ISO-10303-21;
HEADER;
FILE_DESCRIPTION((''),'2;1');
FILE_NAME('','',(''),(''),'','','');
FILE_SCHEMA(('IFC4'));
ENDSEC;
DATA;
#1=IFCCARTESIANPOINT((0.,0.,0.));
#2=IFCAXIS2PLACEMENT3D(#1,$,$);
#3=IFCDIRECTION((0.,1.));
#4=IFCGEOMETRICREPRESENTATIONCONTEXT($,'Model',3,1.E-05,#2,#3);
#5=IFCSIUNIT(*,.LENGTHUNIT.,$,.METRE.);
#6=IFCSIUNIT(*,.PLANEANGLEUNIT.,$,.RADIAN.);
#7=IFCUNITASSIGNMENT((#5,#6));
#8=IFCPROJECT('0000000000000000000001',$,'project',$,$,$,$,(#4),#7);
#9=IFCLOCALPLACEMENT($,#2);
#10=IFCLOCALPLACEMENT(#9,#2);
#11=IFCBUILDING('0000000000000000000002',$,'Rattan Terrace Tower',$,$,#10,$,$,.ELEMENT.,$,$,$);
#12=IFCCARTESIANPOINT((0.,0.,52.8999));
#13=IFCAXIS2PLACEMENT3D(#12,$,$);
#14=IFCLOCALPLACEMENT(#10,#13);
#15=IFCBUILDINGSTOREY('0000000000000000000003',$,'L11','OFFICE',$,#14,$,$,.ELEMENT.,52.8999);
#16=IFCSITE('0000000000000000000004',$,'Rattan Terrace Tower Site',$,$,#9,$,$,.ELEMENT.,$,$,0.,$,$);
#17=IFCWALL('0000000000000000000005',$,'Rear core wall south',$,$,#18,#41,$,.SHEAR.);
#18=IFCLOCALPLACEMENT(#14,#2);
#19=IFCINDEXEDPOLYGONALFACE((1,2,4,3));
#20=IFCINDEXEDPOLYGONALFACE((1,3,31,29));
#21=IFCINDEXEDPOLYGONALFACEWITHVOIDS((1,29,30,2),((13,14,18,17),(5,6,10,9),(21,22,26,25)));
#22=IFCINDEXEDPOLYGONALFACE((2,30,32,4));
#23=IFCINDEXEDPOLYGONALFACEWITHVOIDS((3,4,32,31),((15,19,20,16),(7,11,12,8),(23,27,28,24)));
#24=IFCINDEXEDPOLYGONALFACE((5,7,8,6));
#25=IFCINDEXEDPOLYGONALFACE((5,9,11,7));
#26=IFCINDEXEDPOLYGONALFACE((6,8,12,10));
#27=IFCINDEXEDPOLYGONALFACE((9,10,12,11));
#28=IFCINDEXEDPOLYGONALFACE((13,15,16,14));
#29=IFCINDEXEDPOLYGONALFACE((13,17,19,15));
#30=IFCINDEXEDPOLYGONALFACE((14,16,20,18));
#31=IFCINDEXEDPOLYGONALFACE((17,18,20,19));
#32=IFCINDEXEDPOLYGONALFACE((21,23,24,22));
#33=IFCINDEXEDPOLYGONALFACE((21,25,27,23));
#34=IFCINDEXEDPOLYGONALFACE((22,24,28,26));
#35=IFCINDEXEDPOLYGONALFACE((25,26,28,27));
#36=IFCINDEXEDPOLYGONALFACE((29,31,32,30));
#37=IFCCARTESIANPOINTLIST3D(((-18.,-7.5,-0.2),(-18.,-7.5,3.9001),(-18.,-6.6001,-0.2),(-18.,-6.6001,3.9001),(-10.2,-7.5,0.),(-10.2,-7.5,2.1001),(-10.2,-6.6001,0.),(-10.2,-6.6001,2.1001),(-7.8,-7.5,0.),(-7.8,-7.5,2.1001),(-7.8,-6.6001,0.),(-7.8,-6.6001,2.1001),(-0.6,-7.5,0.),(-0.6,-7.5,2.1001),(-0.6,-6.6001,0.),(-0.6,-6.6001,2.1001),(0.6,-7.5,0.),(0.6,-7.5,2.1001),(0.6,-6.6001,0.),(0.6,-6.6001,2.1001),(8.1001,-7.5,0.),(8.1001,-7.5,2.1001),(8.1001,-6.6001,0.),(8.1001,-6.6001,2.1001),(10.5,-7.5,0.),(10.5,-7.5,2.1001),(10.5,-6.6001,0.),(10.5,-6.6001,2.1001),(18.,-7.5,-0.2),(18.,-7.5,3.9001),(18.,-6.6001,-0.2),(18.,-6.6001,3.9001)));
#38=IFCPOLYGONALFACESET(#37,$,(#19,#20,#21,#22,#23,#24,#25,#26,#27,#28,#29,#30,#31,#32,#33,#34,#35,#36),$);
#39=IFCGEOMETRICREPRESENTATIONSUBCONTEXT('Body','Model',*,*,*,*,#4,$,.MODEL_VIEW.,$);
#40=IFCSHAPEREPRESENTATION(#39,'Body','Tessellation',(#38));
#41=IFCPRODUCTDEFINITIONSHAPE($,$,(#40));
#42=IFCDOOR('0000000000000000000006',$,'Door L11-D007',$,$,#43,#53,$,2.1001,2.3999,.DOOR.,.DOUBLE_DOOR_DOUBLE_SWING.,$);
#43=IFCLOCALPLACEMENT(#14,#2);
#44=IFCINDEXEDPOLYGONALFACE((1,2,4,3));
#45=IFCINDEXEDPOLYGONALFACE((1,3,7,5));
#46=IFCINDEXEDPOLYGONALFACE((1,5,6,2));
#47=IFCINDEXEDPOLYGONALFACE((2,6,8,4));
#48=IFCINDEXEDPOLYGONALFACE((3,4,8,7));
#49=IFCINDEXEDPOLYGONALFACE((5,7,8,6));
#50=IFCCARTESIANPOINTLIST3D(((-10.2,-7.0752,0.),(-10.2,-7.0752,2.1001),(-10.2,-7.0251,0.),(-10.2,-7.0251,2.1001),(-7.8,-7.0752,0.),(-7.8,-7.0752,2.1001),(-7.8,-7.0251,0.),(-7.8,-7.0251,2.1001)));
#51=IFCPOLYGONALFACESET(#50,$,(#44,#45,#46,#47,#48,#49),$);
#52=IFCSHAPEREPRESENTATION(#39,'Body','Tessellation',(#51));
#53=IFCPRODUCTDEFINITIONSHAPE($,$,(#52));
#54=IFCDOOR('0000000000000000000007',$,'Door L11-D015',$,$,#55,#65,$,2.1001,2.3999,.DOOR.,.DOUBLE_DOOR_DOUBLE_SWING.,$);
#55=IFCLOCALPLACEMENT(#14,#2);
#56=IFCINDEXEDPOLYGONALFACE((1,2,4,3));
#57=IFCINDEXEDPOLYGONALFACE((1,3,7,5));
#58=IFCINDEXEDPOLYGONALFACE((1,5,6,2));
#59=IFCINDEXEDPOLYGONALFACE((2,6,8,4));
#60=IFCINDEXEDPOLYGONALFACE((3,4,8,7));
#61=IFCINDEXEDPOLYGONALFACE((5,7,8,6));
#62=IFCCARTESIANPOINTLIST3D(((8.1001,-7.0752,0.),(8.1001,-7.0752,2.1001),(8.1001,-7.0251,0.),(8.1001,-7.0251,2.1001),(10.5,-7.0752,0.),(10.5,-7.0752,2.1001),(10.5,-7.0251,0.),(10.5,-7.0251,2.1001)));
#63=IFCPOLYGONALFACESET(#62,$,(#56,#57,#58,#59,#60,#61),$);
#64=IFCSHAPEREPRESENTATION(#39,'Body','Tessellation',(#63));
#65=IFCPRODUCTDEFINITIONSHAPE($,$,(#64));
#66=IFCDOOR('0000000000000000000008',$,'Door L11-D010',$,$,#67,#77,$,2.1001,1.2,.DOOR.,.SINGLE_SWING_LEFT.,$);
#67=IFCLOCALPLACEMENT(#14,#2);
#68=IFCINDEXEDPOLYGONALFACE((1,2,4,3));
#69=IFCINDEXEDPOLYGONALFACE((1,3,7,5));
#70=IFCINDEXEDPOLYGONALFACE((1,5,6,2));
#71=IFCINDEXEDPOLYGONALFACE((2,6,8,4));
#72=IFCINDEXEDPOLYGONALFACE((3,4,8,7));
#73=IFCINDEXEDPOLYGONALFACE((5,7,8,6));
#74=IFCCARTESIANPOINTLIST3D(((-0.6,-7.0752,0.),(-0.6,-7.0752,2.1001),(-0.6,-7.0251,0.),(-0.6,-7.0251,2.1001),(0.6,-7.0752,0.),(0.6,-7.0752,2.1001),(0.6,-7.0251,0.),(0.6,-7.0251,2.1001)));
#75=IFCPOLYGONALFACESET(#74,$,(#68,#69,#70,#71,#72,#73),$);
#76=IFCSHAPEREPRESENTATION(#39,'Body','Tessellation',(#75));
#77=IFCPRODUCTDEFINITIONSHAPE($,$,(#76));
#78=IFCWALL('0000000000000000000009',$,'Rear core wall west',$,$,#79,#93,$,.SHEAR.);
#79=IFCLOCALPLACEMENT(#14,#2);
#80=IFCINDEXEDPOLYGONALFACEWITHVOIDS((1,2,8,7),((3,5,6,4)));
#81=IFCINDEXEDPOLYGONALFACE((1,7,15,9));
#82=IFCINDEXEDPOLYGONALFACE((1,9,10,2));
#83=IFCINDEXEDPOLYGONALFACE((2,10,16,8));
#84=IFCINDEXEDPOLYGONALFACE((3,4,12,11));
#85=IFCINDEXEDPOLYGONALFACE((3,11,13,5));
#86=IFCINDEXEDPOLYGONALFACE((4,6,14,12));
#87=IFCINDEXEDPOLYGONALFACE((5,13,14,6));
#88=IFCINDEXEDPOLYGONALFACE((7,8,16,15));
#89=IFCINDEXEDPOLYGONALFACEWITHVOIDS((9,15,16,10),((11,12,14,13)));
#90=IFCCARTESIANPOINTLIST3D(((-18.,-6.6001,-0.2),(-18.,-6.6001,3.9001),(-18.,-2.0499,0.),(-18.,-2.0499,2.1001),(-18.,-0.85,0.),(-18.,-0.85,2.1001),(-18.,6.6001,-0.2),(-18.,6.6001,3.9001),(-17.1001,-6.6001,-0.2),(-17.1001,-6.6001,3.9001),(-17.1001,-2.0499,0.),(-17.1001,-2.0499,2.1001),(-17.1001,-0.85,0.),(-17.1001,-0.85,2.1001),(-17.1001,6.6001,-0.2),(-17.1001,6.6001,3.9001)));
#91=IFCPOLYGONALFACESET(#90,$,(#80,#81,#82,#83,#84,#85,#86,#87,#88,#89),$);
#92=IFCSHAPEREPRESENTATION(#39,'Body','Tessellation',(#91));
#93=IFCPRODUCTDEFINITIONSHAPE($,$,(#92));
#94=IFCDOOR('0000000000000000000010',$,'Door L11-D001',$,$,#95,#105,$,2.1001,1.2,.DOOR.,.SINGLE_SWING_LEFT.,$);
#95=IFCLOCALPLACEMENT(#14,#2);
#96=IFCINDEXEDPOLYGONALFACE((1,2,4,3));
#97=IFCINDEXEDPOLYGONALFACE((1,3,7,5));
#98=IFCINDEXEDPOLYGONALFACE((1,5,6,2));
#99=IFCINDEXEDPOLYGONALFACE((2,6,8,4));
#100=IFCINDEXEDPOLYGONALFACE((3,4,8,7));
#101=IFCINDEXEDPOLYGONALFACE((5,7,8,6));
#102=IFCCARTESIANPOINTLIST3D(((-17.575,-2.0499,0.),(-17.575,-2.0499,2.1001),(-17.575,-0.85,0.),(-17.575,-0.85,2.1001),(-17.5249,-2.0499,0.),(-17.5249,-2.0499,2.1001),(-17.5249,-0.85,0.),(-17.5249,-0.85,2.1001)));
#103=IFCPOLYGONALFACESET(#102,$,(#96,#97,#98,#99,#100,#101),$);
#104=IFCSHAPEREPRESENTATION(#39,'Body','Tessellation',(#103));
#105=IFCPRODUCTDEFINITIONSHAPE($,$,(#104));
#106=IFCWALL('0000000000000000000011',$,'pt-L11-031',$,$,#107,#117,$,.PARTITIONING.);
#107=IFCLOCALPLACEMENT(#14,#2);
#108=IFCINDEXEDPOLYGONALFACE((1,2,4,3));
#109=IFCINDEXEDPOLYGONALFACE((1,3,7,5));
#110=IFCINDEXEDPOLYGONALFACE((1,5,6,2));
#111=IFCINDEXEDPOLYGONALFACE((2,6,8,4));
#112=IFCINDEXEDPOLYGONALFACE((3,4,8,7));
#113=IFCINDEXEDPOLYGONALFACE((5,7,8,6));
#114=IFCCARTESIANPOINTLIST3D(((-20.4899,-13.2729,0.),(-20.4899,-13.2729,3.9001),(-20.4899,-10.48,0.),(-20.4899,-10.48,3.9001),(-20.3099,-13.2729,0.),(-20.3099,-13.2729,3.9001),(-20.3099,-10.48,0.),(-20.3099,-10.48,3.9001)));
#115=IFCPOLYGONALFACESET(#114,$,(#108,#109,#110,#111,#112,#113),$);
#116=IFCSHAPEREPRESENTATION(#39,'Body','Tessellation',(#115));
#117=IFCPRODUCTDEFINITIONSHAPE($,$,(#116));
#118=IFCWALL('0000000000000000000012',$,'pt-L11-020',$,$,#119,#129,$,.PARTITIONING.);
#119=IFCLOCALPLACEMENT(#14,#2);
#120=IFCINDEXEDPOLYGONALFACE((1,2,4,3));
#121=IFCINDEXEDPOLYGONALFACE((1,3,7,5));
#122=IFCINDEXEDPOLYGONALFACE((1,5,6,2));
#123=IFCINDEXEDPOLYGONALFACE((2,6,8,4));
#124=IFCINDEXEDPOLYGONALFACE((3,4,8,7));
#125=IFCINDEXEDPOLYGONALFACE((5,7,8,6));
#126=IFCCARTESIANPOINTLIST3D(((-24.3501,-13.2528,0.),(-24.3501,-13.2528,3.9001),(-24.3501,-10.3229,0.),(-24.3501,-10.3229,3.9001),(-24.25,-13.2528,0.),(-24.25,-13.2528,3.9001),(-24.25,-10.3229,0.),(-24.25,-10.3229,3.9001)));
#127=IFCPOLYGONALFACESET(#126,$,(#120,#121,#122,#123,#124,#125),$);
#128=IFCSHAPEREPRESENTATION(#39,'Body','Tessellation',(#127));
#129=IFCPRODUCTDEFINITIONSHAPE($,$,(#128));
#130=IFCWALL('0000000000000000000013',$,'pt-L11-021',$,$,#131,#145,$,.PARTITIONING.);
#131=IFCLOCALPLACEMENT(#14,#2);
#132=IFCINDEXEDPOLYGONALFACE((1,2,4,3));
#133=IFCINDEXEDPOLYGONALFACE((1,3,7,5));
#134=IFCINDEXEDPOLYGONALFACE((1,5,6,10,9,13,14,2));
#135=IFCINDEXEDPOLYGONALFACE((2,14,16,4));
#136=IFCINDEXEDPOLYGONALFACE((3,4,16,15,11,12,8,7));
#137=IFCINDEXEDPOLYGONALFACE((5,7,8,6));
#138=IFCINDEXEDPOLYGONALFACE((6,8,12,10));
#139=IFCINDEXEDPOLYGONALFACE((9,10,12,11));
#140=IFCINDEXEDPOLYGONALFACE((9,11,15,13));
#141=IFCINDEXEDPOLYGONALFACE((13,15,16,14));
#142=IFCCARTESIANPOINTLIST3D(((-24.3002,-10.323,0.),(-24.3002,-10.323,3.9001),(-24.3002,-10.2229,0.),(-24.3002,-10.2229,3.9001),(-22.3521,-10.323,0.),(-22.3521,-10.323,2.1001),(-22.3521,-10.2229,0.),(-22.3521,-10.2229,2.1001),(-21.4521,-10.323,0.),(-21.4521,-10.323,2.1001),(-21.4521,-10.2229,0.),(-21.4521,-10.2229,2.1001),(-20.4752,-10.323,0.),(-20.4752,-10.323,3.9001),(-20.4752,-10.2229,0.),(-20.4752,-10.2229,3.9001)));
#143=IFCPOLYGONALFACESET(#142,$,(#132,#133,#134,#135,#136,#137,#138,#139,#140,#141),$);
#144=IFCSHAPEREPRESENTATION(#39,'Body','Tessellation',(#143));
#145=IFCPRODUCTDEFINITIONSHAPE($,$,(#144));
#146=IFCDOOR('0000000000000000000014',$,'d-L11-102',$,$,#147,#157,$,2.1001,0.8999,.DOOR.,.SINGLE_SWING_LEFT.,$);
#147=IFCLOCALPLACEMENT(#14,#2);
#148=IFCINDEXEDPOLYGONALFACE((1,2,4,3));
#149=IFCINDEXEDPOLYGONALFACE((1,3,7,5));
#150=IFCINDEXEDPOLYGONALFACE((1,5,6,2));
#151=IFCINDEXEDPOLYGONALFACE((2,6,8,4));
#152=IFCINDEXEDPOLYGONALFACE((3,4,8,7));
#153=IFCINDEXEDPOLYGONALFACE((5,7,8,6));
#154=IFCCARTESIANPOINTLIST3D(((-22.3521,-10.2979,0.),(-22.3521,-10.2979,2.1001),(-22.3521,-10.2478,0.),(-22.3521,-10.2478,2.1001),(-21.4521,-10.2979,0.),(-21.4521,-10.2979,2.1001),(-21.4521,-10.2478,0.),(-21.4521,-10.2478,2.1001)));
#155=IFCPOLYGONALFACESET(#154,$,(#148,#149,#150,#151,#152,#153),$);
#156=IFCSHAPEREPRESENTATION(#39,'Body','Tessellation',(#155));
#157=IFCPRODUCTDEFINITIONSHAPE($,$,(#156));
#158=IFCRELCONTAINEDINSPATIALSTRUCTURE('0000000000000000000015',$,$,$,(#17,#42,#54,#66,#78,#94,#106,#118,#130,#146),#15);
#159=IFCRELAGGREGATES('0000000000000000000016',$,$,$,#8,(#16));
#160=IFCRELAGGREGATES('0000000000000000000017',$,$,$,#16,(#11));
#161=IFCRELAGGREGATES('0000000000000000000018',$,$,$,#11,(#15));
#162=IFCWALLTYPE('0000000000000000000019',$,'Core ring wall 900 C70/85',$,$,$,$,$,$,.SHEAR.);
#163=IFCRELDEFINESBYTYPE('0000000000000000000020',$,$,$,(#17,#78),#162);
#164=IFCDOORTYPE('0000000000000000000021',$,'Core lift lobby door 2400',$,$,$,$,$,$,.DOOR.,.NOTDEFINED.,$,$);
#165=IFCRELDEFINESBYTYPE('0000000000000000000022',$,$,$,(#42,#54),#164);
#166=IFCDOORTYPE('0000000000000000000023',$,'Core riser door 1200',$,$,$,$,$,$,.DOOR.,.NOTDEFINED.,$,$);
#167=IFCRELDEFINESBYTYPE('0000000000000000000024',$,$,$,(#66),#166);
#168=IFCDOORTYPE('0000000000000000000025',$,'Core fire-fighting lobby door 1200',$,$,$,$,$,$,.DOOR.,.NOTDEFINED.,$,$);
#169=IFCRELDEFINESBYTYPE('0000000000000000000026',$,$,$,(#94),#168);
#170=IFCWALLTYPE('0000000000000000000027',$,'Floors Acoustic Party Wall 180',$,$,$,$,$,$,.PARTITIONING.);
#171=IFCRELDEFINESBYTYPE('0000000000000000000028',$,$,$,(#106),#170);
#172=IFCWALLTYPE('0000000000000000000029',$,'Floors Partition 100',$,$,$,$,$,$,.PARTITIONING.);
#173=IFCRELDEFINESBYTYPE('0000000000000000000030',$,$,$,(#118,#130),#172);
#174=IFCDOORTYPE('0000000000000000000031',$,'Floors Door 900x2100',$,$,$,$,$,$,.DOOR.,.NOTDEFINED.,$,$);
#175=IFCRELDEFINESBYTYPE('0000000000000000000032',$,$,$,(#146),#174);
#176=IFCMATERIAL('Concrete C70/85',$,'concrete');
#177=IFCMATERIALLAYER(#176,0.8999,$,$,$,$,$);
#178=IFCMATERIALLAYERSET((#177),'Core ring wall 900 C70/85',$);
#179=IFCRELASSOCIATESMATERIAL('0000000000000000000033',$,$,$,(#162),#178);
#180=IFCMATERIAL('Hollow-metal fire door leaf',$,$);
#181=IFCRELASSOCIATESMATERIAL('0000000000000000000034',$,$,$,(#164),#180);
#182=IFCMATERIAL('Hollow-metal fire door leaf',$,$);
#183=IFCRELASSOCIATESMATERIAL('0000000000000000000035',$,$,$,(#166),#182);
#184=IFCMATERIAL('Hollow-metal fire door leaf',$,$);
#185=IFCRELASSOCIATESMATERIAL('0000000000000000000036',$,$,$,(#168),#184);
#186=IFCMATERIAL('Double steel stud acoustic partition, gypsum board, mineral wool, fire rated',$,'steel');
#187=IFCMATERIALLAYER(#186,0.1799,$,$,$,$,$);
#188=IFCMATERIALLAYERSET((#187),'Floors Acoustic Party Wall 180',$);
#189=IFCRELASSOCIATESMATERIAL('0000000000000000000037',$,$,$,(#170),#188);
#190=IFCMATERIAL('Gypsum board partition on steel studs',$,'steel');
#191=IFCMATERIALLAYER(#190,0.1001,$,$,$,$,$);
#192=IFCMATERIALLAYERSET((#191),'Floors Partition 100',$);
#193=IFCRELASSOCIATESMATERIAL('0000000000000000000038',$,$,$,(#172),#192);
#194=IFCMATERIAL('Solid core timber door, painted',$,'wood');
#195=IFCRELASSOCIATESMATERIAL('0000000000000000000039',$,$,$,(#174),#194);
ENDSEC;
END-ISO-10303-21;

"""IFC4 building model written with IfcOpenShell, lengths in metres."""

from ifc_helpers import new_model, si_unit, direction, frame, frame_2d, origin, place, context, subcontext, project, spatial, rectangle, extrude, material, layer, layer_set, type_object, element, fill, save


model = new_model("IFC4")

# Units and contexts
model_context = context("Model", 3, precision=1e-05, world=origin(), true_north=direction((0.0, 1.0)))
body_context = subcontext(model_context, "Body", "Model", "MODEL_VIEW")
ifc_project = project(units=[si_unit("LENGTHUNIT", "METRE"), si_unit("PLANEANGLEUNIT", "RADIAN")], contexts=[model_context])

# Site, building, storey
site_placement = place(None, origin())
site = spatial("IfcSite", under=ifc_project, at=site_placement, Name="Rattan Terrace Tower Site", CompositionType="ELEMENT", RefElevation=0.0)
building_placement = place(site_placement, origin())
building = spatial("IfcBuilding", under=site, at=building_placement, Name="Rattan Terrace Tower", CompositionType="ELEMENT")
storey_placement = place(building_placement, frame((0.0, 0.0, 52.8999)))
storey = spatial("IfcBuildingStorey", under=building, at=storey_placement, Name="L11", Description="OFFICE", CompositionType="ELEMENT", Elevation=52.8999)

# Wall, openings, doors
ifc_material_1 = material(Name="Concrete C70/85", Category="concrete")
ifc_layer_1 = layer(ifc_material_1, 0.8999)
ifc_layer_set_1 = layer_set([ifc_layer_1], Name="Core ring wall 900 C70/85")
wall_type_1 = type_object("IfcWallType", Name="Core ring wall 900 C70/85", PredefinedType="SHEAR", material=ifc_layer_set_1)
wall_1_placement = place(storey_placement, frame((-18.0, -7.05, -0.2), z_axis=(0.0, 0.0, 1.0), x_axis=(1.0, 0.0, 0.0)))
wall_1 = element("IfcWall", 1, at=wall_1_placement, inside=storey, type_object=wall_type_1, Name="Rear core wall south", PredefinedType="SHEAR", context=body_context, shape_type="SweptSolid", body=[
    extrude(rectangle(XDim=36.0, YDim=0.8999, at=frame_2d((18.0, 0.0))), origin(), (0.0, 0.0, 1.0), 4.1001),
])
opening_1_placement = place(wall_1_placement, frame((7.8, 0.0, 0.2)))
opening_1 = element("IfcOpeningElement", 2, at=opening_1_placement, cuts=wall_1, PredefinedType="OPENING", context=body_context, shape_type="SweptSolid", body=[
    extrude(rectangle(XDim=2.3999, YDim=2.1001, at=frame_2d((1.2, 1.05))), frame((0.0, 0.4604, 0.0), z_axis=(0.0, -1.0, 0.0), x_axis=(1.0, 0.0, 0.0)), (0.0, 0.0, 1.0), 0.9209),
])
opening_2_placement = place(wall_1_placement, frame((17.3999, 0.0, 0.2)))
opening_2 = element("IfcOpeningElement", 3, at=opening_2_placement, cuts=wall_1, PredefinedType="OPENING", context=body_context, shape_type="SweptSolid", body=[
    extrude(rectangle(XDim=1.2, YDim=2.1001, at=frame_2d((0.6001, 1.05))), frame((0.0, 0.4604, 0.0), z_axis=(0.0, -1.0, 0.0), x_axis=(1.0, 0.0, 0.0)), (0.0, 0.0, 1.0), 0.9209),
])
opening_3_placement = place(wall_1_placement, frame((26.1001, 0.0, 0.2)))
opening_3 = element("IfcOpeningElement", 4, at=opening_3_placement, cuts=wall_1, PredefinedType="OPENING", context=body_context, shape_type="SweptSolid", body=[
    extrude(rectangle(XDim=2.3999, YDim=2.1001, at=frame_2d((1.2, 1.05))), frame((0.0, 0.4604, 0.0), z_axis=(0.0, -1.0, 0.0), x_axis=(1.0, 0.0, 0.0)), (0.0, 0.0, 1.0), 0.9209),
])
ifc_material_2 = material(Name="Hollow-metal fire door leaf")
door_type_1 = type_object("IfcDoorType", Name="Core lift lobby door 2400", OperationType="NOTDEFINED", PredefinedType="DOOR", material=ifc_material_2)
door_1_placement = place(opening_1_placement, origin())
door_1 = element("IfcDoor", 5, at=door_1_placement, inside=storey, type_object=door_type_1, Name="Door L11-D007", OperationType="DOUBLE_DOOR_DOUBLE_SWING", OverallHeight=2.1001, OverallWidth=2.3999, PredefinedType="DOOR", context=body_context, shape_type="SweptSolid", body=[
    extrude(rectangle(XDim=2.3999, YDim=2.1001, at=frame_2d((1.2, 1.05))), frame((0.0, 0.0249, 0.0), z_axis=(0.0, -1.0, 0.0), x_axis=(1.0, 0.0, 0.0)), (0.0, 0.0, 1.0), 0.05),
])
fill(opening_1, door_1)
door_2_placement = place(opening_3_placement, origin())
door_2 = element("IfcDoor", 6, at=door_2_placement, inside=storey, type_object=door_type_1, Name="Door L11-D015", OperationType="DOUBLE_DOOR_DOUBLE_SWING", OverallHeight=2.1001, OverallWidth=2.3999, PredefinedType="DOOR", context=body_context, shape_type="SweptSolid", body=[
    extrude(rectangle(XDim=2.3999, YDim=2.1001, at=frame_2d((1.2, 1.05))), frame((0.0, 0.0249, 0.0), z_axis=(0.0, -1.0, 0.0), x_axis=(1.0, 0.0, 0.0)), (0.0, 0.0, 1.0), 0.05),
])
fill(opening_3, door_2)
ifc_material_3 = material(Name="Hollow-metal fire door leaf")
door_type_2 = type_object("IfcDoorType", Name="Core riser door 1200", OperationType="NOTDEFINED", PredefinedType="DOOR", material=ifc_material_3)
door_3_placement = place(opening_2_placement, origin())
door_3 = element("IfcDoor", 7, at=door_3_placement, inside=storey, type_object=door_type_2, Name="Door L11-D010", OperationType="SINGLE_SWING_LEFT", OverallHeight=2.1001, OverallWidth=1.2, PredefinedType="DOOR", context=body_context, shape_type="SweptSolid", body=[
    extrude(rectangle(XDim=1.2, YDim=2.1001, at=frame_2d((0.6001, 1.05))), frame((0.0, 0.0249, 0.0), z_axis=(0.0, -1.0, 0.0), x_axis=(1.0, 0.0, 0.0)), (0.0, 0.0, 1.0), 0.05),
])
fill(opening_2, door_3)

# Wall, opening, door
wall_2_placement = place(storey_placement, frame((-17.55, -6.6001, -0.2), z_axis=(0.0, 0.0, 1.0), x_axis=(0.0, 1.0, 0.0)))
wall_2 = element("IfcWall", 8, at=wall_2_placement, inside=storey, type_object=wall_type_1, Name="Rear core wall west", PredefinedType="SHEAR", context=body_context, shape_type="SweptSolid", body=[
    extrude(rectangle(XDim=13.2002, YDim=0.8999, at=frame_2d((6.6001, 0.0))), origin(), (0.0, 0.0, 1.0), 4.1001),
])
opening_4_placement = place(wall_2_placement, frame((4.55, 0.0, 0.2)))
opening_4 = element("IfcOpeningElement", 9, at=opening_4_placement, cuts=wall_2, PredefinedType="OPENING", context=body_context, shape_type="SweptSolid", body=[
    extrude(rectangle(XDim=1.2, YDim=2.1001, at=frame_2d((0.6001, 1.05))), frame((0.0, 0.4604, 0.0), z_axis=(0.0, -1.0, 0.0), x_axis=(1.0, 0.0, 0.0)), (0.0, 0.0, 1.0), 0.9209),
])
ifc_material_4 = material(Name="Hollow-metal fire door leaf")
door_type_3 = type_object("IfcDoorType", Name="Core fire-fighting lobby door 1200", OperationType="NOTDEFINED", PredefinedType="DOOR", material=ifc_material_4)
door_4_placement = place(opening_4_placement, origin())
door_4 = element("IfcDoor", 10, at=door_4_placement, inside=storey, type_object=door_type_3, Name="Door L11-D001", OperationType="SINGLE_SWING_LEFT", OverallHeight=2.1001, OverallWidth=1.2, PredefinedType="DOOR", context=body_context, shape_type="SweptSolid", body=[
    extrude(rectangle(XDim=1.2, YDim=2.1001, at=frame_2d((0.6001, 1.05))), frame((0.0, 0.0249, 0.0), z_axis=(0.0, -1.0, 0.0), x_axis=(1.0, 0.0, 0.0)), (0.0, 0.0, 1.0), 0.05),
])
fill(opening_4, door_4)

# Walls
ifc_material_5 = material(Name="Double steel stud acoustic partition, gypsum board, mineral wool, fire rated", Category="steel")
ifc_layer_2 = layer(ifc_material_5, 0.1799)
ifc_layer_set_2 = layer_set([ifc_layer_2], Name="Floors Acoustic Party Wall 180")
wall_type_2 = type_object("IfcWallType", Name="Floors Acoustic Party Wall 180", PredefinedType="PARTITIONING", material=ifc_layer_set_2)
wall_3_placement = place(storey_placement, frame((-20.3999, -10.48, 0.0), z_axis=(0.0, 0.0, 1.0), x_axis=(0.0, -1.0, 0.0)))
element("IfcWall", 11, at=wall_3_placement, inside=storey, type_object=wall_type_2, Name="pt-L11-031", PredefinedType="PARTITIONING", context=body_context, shape_type="SweptSolid", body=[
    extrude(rectangle(XDim=2.793, YDim=0.1799, at=frame_2d((1.3965, 0.0))), origin(), (0.0, 0.0, 1.0), 3.9001),
])
ifc_material_6 = material(Name="Gypsum board partition on steel studs", Category="steel")
ifc_layer_3 = layer(ifc_material_6, 0.1001)
ifc_layer_set_3 = layer_set([ifc_layer_3], Name="Floors Partition 100")
wall_type_3 = type_object("IfcWallType", Name="Floors Partition 100", PredefinedType="PARTITIONING", material=ifc_layer_set_3)
wall_4_placement = place(storey_placement, frame((-24.3, -10.323, 0.0), z_axis=(0.0, 0.0, 1.0), x_axis=(0.0, -1.0, 0.0)))
element("IfcWall", 12, at=wall_4_placement, inside=storey, type_object=wall_type_3, Name="pt-L11-020", PredefinedType="PARTITIONING", context=body_context, shape_type="SweptSolid", body=[
    extrude(rectangle(XDim=2.9299, YDim=0.1001, at=frame_2d((1.4648, 0.0))), origin(), (0.0, 0.0, 1.0), 3.9001),
])

# Wall, opening, door
wall_5_placement = place(storey_placement, frame((-20.4751, -10.2729, 0.0), z_axis=(0.0, 0.0, 1.0), x_axis=(-1.0, 0.0, 0.0)))
wall_5 = element("IfcWall", 13, at=wall_5_placement, inside=storey, type_object=wall_type_3, Name="pt-L11-021", PredefinedType="PARTITIONING", context=body_context, shape_type="SweptSolid", body=[
    extrude(rectangle(XDim=3.825, YDim=0.1001, at=frame_2d((1.9126, 0.0))), origin(), (0.0, 0.0, 1.0), 3.9001),
])
opening_5_placement = place(wall_5_placement, frame((0.9771, 0.0, 0.0)))
opening_5 = element("IfcOpeningElement", 14, at=opening_5_placement, cuts=wall_5, PredefinedType="OPENING", context=body_context, shape_type="SweptSolid", body=[
    extrude(rectangle(XDim=0.8999, YDim=2.1001, at=frame_2d((0.45, 1.05))), frame((0.0, 0.0605, 0.0), z_axis=(0.0, -1.0, 0.0), x_axis=(1.0, 0.0, 0.0)), (0.0, 0.0, 1.0), 0.1211),
])
ifc_material_7 = material(Name="Solid core timber door, painted", Category="wood")
door_type_4 = type_object("IfcDoorType", Name="Floors Door 900x2100", OperationType="NOTDEFINED", PredefinedType="DOOR", material=ifc_material_7)
door_5_placement = place(opening_5_placement, origin())
door_5 = element("IfcDoor", 15, at=door_5_placement, inside=storey, type_object=door_type_4, Name="d-L11-102", OperationType="SINGLE_SWING_LEFT", OverallHeight=2.1001, OverallWidth=0.8999, PredefinedType="DOOR", context=body_context, shape_type="SweptSolid", body=[
    extrude(rectangle(XDim=0.8999, YDim=2.1001, at=frame_2d((0.45, 1.05))), frame((0.0, 0.0249, 0.0), z_axis=(0.0, -1.0, 0.0), x_axis=(1.0, 0.0, 0.0)), (0.0, 0.0, 1.0), 0.05),
])
fill(opening_5, door_5)

save(model, "model.ifc")
